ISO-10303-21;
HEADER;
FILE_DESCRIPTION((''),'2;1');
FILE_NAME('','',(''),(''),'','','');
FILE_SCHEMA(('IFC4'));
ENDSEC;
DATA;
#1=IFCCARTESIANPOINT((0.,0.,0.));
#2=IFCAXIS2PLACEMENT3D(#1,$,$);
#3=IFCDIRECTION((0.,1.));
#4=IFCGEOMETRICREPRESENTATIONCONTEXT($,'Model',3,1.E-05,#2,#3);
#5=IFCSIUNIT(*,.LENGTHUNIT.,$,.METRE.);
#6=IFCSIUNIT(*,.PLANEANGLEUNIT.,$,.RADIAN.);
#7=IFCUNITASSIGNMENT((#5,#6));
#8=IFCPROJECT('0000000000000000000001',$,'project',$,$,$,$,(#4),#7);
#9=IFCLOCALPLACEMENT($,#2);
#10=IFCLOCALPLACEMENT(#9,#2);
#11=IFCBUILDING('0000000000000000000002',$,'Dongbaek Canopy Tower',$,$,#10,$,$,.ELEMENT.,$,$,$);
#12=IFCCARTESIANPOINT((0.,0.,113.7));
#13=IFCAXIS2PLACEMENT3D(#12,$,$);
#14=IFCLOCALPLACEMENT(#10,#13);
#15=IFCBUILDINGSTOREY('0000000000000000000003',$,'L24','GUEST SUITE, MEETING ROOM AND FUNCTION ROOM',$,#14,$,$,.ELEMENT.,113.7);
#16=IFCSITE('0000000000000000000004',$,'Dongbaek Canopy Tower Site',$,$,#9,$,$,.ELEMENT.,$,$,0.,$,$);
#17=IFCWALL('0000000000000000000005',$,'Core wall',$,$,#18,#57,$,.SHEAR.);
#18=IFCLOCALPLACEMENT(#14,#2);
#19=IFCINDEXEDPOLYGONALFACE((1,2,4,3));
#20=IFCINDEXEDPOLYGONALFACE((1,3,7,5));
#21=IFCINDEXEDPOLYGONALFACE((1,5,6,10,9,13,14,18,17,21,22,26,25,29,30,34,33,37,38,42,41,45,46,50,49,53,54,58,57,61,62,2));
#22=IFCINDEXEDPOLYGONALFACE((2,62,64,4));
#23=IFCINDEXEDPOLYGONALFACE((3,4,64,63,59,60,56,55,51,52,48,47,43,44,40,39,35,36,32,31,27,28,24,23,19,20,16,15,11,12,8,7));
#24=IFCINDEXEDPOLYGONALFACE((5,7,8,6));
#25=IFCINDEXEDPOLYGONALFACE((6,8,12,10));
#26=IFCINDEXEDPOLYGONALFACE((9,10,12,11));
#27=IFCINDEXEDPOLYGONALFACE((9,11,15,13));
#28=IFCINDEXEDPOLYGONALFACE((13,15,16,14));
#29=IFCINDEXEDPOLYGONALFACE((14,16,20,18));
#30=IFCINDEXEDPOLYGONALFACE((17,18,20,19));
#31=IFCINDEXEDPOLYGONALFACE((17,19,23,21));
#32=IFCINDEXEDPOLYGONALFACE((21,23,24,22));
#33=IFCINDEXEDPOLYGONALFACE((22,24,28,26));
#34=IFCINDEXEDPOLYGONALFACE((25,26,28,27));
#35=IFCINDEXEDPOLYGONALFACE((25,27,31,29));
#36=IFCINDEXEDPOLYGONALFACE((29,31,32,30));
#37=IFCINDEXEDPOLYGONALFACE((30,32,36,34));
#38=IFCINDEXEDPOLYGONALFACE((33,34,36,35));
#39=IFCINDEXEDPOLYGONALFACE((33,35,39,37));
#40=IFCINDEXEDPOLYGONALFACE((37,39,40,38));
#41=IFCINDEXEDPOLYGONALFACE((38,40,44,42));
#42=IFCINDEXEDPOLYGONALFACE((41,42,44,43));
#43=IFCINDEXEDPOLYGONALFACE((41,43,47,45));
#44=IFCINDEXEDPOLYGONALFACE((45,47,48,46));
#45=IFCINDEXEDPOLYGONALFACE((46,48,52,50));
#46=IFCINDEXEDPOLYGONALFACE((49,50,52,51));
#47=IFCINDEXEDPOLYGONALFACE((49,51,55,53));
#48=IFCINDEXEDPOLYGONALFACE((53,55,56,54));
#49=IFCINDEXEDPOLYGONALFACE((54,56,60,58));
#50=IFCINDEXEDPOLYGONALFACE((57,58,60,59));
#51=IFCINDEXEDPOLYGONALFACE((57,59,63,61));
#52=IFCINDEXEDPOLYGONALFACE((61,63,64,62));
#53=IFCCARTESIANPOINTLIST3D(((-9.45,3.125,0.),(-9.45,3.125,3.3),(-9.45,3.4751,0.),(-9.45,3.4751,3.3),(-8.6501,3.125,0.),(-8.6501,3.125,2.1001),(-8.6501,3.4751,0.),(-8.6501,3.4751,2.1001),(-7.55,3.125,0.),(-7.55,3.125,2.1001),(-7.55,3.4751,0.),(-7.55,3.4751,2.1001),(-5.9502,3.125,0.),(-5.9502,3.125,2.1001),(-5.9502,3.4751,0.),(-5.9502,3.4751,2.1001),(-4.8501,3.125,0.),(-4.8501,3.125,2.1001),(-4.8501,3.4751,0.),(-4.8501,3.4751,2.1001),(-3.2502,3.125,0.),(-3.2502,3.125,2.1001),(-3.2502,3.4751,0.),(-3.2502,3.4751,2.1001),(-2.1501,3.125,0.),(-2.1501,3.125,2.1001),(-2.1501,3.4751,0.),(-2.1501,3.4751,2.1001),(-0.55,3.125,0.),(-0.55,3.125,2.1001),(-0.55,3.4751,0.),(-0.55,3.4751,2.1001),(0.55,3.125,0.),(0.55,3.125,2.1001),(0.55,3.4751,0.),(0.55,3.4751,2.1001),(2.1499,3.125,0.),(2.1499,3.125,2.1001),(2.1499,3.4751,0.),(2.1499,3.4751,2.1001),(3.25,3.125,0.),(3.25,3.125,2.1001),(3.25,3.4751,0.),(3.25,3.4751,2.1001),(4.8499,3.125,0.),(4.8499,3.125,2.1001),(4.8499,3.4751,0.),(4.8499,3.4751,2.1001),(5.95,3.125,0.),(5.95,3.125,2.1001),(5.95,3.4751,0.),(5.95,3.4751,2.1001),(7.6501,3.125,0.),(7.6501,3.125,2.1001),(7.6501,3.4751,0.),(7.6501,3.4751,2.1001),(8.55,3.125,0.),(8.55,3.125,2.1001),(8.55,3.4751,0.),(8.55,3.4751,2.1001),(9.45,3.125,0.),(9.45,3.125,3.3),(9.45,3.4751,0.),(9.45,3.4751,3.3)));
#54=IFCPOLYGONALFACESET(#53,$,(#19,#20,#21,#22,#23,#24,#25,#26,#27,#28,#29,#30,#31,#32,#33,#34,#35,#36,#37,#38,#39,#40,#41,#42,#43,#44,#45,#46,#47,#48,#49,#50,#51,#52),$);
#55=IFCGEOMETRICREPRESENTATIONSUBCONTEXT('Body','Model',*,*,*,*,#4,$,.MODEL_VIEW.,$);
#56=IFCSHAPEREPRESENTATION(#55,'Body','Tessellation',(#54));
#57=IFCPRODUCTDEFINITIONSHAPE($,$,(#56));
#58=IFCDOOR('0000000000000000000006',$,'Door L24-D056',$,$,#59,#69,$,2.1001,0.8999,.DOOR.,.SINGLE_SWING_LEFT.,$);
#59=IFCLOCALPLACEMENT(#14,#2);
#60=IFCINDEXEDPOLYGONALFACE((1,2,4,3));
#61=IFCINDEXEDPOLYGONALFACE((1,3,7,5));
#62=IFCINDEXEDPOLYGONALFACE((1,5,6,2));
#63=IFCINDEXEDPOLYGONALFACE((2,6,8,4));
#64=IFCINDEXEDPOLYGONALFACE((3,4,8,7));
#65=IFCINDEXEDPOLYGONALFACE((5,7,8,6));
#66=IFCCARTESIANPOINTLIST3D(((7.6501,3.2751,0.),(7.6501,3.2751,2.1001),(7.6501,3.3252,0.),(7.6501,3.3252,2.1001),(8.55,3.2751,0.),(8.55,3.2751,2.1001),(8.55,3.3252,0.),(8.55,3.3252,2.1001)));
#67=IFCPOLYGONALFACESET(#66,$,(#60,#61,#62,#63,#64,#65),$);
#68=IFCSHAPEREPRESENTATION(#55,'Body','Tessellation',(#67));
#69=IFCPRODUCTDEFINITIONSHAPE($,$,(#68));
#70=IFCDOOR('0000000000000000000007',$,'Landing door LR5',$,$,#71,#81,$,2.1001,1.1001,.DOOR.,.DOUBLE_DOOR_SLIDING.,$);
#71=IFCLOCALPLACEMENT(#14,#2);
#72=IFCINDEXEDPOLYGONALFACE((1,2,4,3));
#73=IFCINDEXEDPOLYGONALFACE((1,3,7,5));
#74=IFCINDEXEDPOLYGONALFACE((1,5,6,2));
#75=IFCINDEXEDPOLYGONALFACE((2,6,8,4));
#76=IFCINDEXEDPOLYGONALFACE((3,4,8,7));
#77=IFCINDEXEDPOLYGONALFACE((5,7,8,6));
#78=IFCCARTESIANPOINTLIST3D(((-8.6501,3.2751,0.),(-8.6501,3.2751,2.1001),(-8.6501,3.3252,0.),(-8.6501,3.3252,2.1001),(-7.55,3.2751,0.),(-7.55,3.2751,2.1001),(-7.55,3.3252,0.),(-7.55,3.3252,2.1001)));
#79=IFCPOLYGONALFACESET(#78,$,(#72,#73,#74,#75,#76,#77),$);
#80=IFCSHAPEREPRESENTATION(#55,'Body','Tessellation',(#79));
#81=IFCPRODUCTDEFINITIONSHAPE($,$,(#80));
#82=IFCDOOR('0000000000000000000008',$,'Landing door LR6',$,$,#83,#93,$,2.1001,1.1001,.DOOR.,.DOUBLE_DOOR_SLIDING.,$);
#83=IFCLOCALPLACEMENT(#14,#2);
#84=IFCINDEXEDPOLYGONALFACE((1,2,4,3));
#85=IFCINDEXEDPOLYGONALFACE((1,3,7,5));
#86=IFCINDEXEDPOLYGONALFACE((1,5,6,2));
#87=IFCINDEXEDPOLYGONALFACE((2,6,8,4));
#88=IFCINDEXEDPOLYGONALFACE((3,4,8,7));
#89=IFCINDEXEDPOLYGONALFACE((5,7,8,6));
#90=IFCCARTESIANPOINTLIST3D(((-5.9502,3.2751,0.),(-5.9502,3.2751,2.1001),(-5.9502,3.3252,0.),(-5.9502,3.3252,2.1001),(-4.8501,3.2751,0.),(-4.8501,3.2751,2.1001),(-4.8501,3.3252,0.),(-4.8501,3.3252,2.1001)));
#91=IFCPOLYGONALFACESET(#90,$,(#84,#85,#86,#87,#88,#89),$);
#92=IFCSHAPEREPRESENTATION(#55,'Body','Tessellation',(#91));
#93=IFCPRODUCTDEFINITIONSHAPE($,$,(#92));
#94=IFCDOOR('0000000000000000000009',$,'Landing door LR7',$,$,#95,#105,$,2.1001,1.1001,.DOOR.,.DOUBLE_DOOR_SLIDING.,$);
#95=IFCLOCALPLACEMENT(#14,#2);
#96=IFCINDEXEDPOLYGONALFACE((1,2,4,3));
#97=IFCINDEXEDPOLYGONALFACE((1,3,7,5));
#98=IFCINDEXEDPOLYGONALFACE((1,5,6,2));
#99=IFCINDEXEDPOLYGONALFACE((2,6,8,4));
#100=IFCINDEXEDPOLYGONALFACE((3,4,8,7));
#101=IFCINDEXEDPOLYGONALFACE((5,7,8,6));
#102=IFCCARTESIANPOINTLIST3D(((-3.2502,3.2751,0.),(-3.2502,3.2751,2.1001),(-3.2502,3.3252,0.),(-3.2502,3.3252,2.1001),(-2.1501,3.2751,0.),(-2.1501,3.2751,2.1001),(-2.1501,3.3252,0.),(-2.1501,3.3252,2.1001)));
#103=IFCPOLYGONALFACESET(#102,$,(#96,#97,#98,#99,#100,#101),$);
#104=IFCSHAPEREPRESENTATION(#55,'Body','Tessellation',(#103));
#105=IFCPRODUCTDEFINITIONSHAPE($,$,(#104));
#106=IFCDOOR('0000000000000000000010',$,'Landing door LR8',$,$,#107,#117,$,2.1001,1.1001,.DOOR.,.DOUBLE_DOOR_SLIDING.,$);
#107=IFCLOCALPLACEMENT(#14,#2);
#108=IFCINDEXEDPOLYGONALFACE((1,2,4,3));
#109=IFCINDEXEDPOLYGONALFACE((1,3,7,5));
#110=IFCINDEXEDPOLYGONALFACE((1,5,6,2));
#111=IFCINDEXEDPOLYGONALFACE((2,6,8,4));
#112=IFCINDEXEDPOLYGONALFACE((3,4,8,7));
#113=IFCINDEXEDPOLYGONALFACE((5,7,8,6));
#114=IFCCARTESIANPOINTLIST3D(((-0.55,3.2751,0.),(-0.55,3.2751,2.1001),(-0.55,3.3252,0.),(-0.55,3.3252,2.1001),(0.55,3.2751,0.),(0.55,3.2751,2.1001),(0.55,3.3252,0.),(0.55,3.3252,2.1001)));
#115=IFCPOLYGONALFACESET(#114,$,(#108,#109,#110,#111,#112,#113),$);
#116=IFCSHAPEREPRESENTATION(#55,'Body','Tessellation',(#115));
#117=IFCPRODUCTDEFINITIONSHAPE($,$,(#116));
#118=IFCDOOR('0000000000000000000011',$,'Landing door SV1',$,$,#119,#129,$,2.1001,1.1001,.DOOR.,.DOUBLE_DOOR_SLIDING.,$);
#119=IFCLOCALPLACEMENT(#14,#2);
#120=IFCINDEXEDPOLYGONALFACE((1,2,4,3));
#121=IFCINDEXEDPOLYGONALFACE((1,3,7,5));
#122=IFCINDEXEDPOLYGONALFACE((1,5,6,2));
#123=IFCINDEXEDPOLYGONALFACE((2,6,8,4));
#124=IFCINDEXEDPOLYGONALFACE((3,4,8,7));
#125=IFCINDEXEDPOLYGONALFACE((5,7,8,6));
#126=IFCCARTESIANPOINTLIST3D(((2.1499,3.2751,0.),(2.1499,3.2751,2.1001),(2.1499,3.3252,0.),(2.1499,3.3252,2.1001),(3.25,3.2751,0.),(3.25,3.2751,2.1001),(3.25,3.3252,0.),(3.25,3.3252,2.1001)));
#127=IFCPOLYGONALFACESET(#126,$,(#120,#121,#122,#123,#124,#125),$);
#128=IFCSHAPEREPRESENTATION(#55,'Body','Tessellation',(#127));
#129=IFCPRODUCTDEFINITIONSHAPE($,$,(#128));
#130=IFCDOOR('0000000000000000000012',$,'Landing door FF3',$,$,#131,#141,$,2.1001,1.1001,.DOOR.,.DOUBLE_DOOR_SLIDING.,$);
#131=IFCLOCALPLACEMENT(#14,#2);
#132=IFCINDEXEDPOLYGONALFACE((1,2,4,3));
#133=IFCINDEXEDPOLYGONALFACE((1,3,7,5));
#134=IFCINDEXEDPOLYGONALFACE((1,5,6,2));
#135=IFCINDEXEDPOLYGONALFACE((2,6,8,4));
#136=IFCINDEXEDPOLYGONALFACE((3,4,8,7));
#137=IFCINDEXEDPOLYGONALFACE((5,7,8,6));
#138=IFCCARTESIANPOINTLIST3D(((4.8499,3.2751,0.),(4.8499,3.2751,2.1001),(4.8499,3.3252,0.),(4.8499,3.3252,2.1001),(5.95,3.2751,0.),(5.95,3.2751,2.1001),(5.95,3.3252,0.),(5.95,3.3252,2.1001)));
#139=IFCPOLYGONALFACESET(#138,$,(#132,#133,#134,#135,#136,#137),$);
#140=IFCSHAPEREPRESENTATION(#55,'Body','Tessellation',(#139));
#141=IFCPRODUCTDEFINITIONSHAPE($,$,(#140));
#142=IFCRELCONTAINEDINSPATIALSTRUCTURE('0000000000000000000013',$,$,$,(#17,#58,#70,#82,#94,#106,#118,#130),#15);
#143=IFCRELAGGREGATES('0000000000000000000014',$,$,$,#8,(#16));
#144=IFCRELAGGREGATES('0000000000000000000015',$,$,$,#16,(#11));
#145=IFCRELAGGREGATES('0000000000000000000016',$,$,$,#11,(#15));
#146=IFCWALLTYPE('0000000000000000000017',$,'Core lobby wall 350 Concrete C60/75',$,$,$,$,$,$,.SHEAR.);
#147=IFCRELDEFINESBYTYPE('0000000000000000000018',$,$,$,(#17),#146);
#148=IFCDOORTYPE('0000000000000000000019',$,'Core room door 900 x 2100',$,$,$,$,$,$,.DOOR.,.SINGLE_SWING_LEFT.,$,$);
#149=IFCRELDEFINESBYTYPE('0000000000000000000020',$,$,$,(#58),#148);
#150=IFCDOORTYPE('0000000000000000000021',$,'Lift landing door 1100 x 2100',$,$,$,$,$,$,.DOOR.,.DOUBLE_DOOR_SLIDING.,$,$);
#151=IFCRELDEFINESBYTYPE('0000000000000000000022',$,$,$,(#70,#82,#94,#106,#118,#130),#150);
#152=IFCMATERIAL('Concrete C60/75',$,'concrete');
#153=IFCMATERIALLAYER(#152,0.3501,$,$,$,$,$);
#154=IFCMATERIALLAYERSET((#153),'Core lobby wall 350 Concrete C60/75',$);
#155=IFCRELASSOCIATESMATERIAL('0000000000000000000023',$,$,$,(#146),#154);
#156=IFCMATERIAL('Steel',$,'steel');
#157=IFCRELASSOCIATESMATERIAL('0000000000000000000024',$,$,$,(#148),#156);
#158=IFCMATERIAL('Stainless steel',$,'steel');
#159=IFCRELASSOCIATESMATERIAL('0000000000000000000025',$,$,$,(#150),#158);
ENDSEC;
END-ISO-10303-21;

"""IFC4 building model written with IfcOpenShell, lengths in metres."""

from ifc_helpers import new_model, si_unit, direction, frame, frame_2d, origin, place, context, subcontext, project, spatial, rectangle, extrude, material, layer, layer_set, type_object, element, fill, save


model = new_model("IFC4")

# Units and contexts
model_context = context("Model", 3, precision=1e-05, world=origin(), true_north=direction((0.0, 1.0)))
body_context = subcontext(model_context, "Body", "Model", "MODEL_VIEW")
ifc_project = project(units=[si_unit("LENGTHUNIT", "METRE"), si_unit("PLANEANGLEUNIT", "RADIAN")], contexts=[model_context])

# Site, building, storey
site_placement = place(None, origin())
site = spatial("IfcSite", under=ifc_project, at=site_placement, Name="Dongbaek Canopy Tower Site", CompositionType="ELEMENT", RefElevation=0.0)
building_placement = place(site_placement, origin())
building = spatial("IfcBuilding", under=site, at=building_placement, Name="Dongbaek Canopy Tower", CompositionType="ELEMENT")
storey_placement = place(building_placement, frame((0.0, 0.0, 113.7)))
storey = spatial("IfcBuildingStorey", under=building, at=storey_placement, Name="L24", Description="GUEST SUITE, MEETING ROOM AND FUNCTION ROOM", CompositionType="ELEMENT", Elevation=113.7)

# Wall, openings, doors
ifc_material_1 = material(Name="Concrete C60/75", Category="concrete")
ifc_layer_1 = layer(ifc_material_1, 0.3501)
ifc_layer_set_1 = layer_set([ifc_layer_1], Name="Core lobby wall 350 Concrete C60/75")
wall_type_1 = type_object("IfcWallType", Name="Core lobby wall 350 Concrete C60/75", PredefinedType="SHEAR", material=ifc_layer_set_1)
wall_1_placement = place(storey_placement, frame((9.45, 3.3, 0.0), z_axis=(0.0, 0.0, 1.0), x_axis=(-1.0, 0.0, 0.0)))
wall_1 = element("IfcWall", 1, at=wall_1_placement, inside=storey, type_object=wall_type_1, Name="Core wall", PredefinedType="SHEAR", context=body_context, shape_type="SweptSolid", body=[
    extrude(rectangle(XDim=18.8999, YDim=0.3501, at=frame_2d((9.45, 0.0))), origin(), (0.0, 0.0, 1.0), 3.3),
])
opening_1_placement = place(wall_1_placement, frame((17.0, 0.0, 0.0)))
opening_1 = element("IfcOpeningElement", 2, at=opening_1_placement, cuts=wall_1, PredefinedType="OPENING", context=body_context, shape_type="SweptSolid", body=[
    extrude(rectangle(XDim=1.1001, YDim=2.1001, at=frame_2d((0.55, 1.05))), frame((0.0, 0.1851, 0.0), z_axis=(0.0, -1.0, 0.0), x_axis=(1.0, 0.0, 0.0)), (0.0, 0.0, 1.0), 0.3701),
])
opening_2_placement = place(wall_1_placement, frame((14.3, 0.0, 0.0)))
opening_2 = element("IfcOpeningElement", 3, at=opening_2_placement, cuts=wall_1, PredefinedType="OPENING", context=body_context, shape_type="SweptSolid", body=[
    extrude(rectangle(XDim=1.1001, YDim=2.1001, at=frame_2d((0.55, 1.05))), frame((0.0, 0.1851, 0.0), z_axis=(0.0, -1.0, 0.0), x_axis=(1.0, 0.0, 0.0)), (0.0, 0.0, 1.0), 0.3701),
])
opening_3_placement = place(wall_1_placement, frame((11.6001, 0.0, 0.0)))
opening_3 = element("IfcOpeningElement", 4, at=opening_3_placement, cuts=wall_1, PredefinedType="OPENING", context=body_context, shape_type="SweptSolid", body=[
    extrude(rectangle(XDim=1.1001, YDim=2.1001, at=frame_2d((0.55, 1.05))), frame((0.0, 0.1851, 0.0), z_axis=(0.0, -1.0, 0.0), x_axis=(1.0, 0.0, 0.0)), (0.0, 0.0, 1.0), 0.3701),
])
opening_4_placement = place(wall_1_placement, frame((8.8999, 0.0, 0.0)))
opening_4 = element("IfcOpeningElement", 5, at=opening_4_placement, cuts=wall_1, PredefinedType="OPENING", context=body_context, shape_type="SweptSolid", body=[
    extrude(rectangle(XDim=1.1001, YDim=2.1001, at=frame_2d((0.55, 1.05))), frame((0.0, 0.1851, 0.0), z_axis=(0.0, -1.0, 0.0), x_axis=(1.0, 0.0, 0.0)), (0.0, 0.0, 1.0), 0.3701),
])
opening_5_placement = place(wall_1_placement, frame((6.2, 0.0, 0.0)))
opening_5 = element("IfcOpeningElement", 6, at=opening_5_placement, cuts=wall_1, PredefinedType="OPENING", context=body_context, shape_type="SweptSolid", body=[
    extrude(rectangle(XDim=1.1001, YDim=2.1001, at=frame_2d((0.55, 1.05))), frame((0.0, 0.1851, 0.0), z_axis=(0.0, -1.0, 0.0), x_axis=(1.0, 0.0, 0.0)), (0.0, 0.0, 1.0), 0.3701),
])
opening_6_placement = place(wall_1_placement, frame((3.5, 0.0, 0.0)))
opening_6 = element("IfcOpeningElement", 7, at=opening_6_placement, cuts=wall_1, PredefinedType="OPENING", context=body_context, shape_type="SweptSolid", body=[
    extrude(rectangle(XDim=1.1001, YDim=2.1001, at=frame_2d((0.55, 1.05))), frame((0.0, 0.1851, 0.0), z_axis=(0.0, -1.0, 0.0), x_axis=(1.0, 0.0, 0.0)), (0.0, 0.0, 1.0), 0.3701),
])
opening_7_placement = place(wall_1_placement, frame((0.8999, 0.0, 0.0)))
opening_7 = element("IfcOpeningElement", 8, at=opening_7_placement, cuts=wall_1, PredefinedType="OPENING", context=body_context, shape_type="SweptSolid", body=[
    extrude(rectangle(XDim=0.8999, YDim=2.1001, at=frame_2d((0.45, 1.05))), frame((0.0, 0.1851, 0.0), z_axis=(0.0, -1.0, 0.0), x_axis=(1.0, 0.0, 0.0)), (0.0, 0.0, 1.0), 0.3701),
])
ifc_material_2 = material(Name="Steel", Category="steel")
door_type_1 = type_object("IfcDoorType", Name="Core room door 900 x 2100", OperationType="SINGLE_SWING_LEFT", PredefinedType="DOOR", material=ifc_material_2)
door_1_placement = place(opening_7_placement, origin())
door_1 = element("IfcDoor", 9, at=door_1_placement, inside=storey, type_object=door_type_1, Name="Door L24-D056", OperationType="SINGLE_SWING_LEFT", OverallHeight=2.1001, OverallWidth=0.8999, PredefinedType="DOOR", context=body_context, shape_type="SweptSolid", body=[
    extrude(rectangle(XDim=0.8999, YDim=2.1001, at=frame_2d((0.45, 1.05))), frame((0.0, 0.0249, 0.0), z_axis=(0.0, -1.0, 0.0), x_axis=(1.0, 0.0, 0.0)), (0.0, 0.0, 1.0), 0.05),
])
fill(opening_7, door_1)
ifc_material_3 = material(Name="Stainless steel", Category="steel")
door_type_2 = type_object("IfcDoorType", Name="Lift landing door 1100 x 2100", OperationType="DOUBLE_DOOR_SLIDING", PredefinedType="DOOR", material=ifc_material_3)
door_2_placement = place(opening_1_placement, origin())
door_2 = element("IfcDoor", 10, at=door_2_placement, inside=storey, type_object=door_type_2, Name="Landing door LR5", OperationType="DOUBLE_DOOR_SLIDING", OverallHeight=2.1001, OverallWidth=1.1001, PredefinedType="DOOR", context=body_context, shape_type="SweptSolid", body=[
    extrude(rectangle(XDim=1.1001, YDim=2.1001, at=frame_2d((0.55, 1.05))), frame((0.0, 0.0249, 0.0), z_axis=(0.0, -1.0, 0.0), x_axis=(1.0, 0.0, 0.0)), (0.0, 0.0, 1.0), 0.05),
])
fill(opening_1, door_2)
door_3_placement = place(opening_2_placement, origin())
door_3 = element("IfcDoor", 11, at=door_3_placement, inside=storey, type_object=door_type_2, Name="Landing door LR6", OperationType="DOUBLE_DOOR_SLIDING", OverallHeight=2.1001, OverallWidth=1.1001, PredefinedType="DOOR", context=body_context, shape_type="SweptSolid", body=[
    extrude(rectangle(XDim=1.1001, YDim=2.1001, at=frame_2d((0.55, 1.05))), frame((0.0, 0.0249, 0.0), z_axis=(0.0, -1.0, 0.0), x_axis=(1.0, 0.0, 0.0)), (0.0, 0.0, 1.0), 0.05),
])
fill(opening_2, door_3)
door_4_placement = place(opening_3_placement, origin())
door_4 = element("IfcDoor", 12, at=door_4_placement, inside=storey, type_object=door_type_2, Name="Landing door LR7", OperationType="DOUBLE_DOOR_SLIDING", OverallHeight=2.1001, OverallWidth=1.1001, PredefinedType="DOOR", context=body_context, shape_type="SweptSolid", body=[
    extrude(rectangle(XDim=1.1001, YDim=2.1001, at=frame_2d((0.55, 1.05))), frame((0.0, 0.0249, 0.0), z_axis=(0.0, -1.0, 0.0), x_axis=(1.0, 0.0, 0.0)), (0.0, 0.0, 1.0), 0.05),
])
fill(opening_3, door_4)
door_5_placement = place(opening_4_placement, origin())
door_5 = element("IfcDoor", 13, at=door_5_placement, inside=storey, type_object=door_type_2, Name="Landing door LR8", OperationType="DOUBLE_DOOR_SLIDING", OverallHeight=2.1001, OverallWidth=1.1001, PredefinedType="DOOR", context=body_context, shape_type="SweptSolid", body=[
    extrude(rectangle(XDim=1.1001, YDim=2.1001, at=frame_2d((0.55, 1.05))), frame((0.0, 0.0249, 0.0), z_axis=(0.0, -1.0, 0.0), x_axis=(1.0, 0.0, 0.0)), (0.0, 0.0, 1.0), 0.05),
])
fill(opening_4, door_5)
door_6_placement = place(opening_5_placement, origin())
door_6 = element("IfcDoor", 14, at=door_6_placement, inside=storey, type_object=door_type_2, Name="Landing door SV1", OperationType="DOUBLE_DOOR_SLIDING", OverallHeight=2.1001, OverallWidth=1.1001, PredefinedType="DOOR", context=body_context, shape_type="SweptSolid", body=[
    extrude(rectangle(XDim=1.1001, YDim=2.1001, at=frame_2d((0.55, 1.05))), frame((0.0, 0.0249, 0.0), z_axis=(0.0, -1.0, 0.0), x_axis=(1.0, 0.0, 0.0)), (0.0, 0.0, 1.0), 0.05),
])
fill(opening_5, door_6)
door_7_placement = place(opening_6_placement, origin())
door_7 = element("IfcDoor", 15, at=door_7_placement, inside=storey, type_object=door_type_2, Name="Landing door FF3", OperationType="DOUBLE_DOOR_SLIDING", OverallHeight=2.1001, OverallWidth=1.1001, PredefinedType="DOOR", context=body_context, shape_type="SweptSolid", body=[
    extrude(rectangle(XDim=1.1001, YDim=2.1001, at=frame_2d((0.55, 1.05))), frame((0.0, 0.0249, 0.0), z_axis=(0.0, -1.0, 0.0), x_axis=(1.0, 0.0, 0.0)), (0.0, 0.0, 1.0), 0.05),
])
fill(opening_6, door_7)

save(model, "model.ifc")
